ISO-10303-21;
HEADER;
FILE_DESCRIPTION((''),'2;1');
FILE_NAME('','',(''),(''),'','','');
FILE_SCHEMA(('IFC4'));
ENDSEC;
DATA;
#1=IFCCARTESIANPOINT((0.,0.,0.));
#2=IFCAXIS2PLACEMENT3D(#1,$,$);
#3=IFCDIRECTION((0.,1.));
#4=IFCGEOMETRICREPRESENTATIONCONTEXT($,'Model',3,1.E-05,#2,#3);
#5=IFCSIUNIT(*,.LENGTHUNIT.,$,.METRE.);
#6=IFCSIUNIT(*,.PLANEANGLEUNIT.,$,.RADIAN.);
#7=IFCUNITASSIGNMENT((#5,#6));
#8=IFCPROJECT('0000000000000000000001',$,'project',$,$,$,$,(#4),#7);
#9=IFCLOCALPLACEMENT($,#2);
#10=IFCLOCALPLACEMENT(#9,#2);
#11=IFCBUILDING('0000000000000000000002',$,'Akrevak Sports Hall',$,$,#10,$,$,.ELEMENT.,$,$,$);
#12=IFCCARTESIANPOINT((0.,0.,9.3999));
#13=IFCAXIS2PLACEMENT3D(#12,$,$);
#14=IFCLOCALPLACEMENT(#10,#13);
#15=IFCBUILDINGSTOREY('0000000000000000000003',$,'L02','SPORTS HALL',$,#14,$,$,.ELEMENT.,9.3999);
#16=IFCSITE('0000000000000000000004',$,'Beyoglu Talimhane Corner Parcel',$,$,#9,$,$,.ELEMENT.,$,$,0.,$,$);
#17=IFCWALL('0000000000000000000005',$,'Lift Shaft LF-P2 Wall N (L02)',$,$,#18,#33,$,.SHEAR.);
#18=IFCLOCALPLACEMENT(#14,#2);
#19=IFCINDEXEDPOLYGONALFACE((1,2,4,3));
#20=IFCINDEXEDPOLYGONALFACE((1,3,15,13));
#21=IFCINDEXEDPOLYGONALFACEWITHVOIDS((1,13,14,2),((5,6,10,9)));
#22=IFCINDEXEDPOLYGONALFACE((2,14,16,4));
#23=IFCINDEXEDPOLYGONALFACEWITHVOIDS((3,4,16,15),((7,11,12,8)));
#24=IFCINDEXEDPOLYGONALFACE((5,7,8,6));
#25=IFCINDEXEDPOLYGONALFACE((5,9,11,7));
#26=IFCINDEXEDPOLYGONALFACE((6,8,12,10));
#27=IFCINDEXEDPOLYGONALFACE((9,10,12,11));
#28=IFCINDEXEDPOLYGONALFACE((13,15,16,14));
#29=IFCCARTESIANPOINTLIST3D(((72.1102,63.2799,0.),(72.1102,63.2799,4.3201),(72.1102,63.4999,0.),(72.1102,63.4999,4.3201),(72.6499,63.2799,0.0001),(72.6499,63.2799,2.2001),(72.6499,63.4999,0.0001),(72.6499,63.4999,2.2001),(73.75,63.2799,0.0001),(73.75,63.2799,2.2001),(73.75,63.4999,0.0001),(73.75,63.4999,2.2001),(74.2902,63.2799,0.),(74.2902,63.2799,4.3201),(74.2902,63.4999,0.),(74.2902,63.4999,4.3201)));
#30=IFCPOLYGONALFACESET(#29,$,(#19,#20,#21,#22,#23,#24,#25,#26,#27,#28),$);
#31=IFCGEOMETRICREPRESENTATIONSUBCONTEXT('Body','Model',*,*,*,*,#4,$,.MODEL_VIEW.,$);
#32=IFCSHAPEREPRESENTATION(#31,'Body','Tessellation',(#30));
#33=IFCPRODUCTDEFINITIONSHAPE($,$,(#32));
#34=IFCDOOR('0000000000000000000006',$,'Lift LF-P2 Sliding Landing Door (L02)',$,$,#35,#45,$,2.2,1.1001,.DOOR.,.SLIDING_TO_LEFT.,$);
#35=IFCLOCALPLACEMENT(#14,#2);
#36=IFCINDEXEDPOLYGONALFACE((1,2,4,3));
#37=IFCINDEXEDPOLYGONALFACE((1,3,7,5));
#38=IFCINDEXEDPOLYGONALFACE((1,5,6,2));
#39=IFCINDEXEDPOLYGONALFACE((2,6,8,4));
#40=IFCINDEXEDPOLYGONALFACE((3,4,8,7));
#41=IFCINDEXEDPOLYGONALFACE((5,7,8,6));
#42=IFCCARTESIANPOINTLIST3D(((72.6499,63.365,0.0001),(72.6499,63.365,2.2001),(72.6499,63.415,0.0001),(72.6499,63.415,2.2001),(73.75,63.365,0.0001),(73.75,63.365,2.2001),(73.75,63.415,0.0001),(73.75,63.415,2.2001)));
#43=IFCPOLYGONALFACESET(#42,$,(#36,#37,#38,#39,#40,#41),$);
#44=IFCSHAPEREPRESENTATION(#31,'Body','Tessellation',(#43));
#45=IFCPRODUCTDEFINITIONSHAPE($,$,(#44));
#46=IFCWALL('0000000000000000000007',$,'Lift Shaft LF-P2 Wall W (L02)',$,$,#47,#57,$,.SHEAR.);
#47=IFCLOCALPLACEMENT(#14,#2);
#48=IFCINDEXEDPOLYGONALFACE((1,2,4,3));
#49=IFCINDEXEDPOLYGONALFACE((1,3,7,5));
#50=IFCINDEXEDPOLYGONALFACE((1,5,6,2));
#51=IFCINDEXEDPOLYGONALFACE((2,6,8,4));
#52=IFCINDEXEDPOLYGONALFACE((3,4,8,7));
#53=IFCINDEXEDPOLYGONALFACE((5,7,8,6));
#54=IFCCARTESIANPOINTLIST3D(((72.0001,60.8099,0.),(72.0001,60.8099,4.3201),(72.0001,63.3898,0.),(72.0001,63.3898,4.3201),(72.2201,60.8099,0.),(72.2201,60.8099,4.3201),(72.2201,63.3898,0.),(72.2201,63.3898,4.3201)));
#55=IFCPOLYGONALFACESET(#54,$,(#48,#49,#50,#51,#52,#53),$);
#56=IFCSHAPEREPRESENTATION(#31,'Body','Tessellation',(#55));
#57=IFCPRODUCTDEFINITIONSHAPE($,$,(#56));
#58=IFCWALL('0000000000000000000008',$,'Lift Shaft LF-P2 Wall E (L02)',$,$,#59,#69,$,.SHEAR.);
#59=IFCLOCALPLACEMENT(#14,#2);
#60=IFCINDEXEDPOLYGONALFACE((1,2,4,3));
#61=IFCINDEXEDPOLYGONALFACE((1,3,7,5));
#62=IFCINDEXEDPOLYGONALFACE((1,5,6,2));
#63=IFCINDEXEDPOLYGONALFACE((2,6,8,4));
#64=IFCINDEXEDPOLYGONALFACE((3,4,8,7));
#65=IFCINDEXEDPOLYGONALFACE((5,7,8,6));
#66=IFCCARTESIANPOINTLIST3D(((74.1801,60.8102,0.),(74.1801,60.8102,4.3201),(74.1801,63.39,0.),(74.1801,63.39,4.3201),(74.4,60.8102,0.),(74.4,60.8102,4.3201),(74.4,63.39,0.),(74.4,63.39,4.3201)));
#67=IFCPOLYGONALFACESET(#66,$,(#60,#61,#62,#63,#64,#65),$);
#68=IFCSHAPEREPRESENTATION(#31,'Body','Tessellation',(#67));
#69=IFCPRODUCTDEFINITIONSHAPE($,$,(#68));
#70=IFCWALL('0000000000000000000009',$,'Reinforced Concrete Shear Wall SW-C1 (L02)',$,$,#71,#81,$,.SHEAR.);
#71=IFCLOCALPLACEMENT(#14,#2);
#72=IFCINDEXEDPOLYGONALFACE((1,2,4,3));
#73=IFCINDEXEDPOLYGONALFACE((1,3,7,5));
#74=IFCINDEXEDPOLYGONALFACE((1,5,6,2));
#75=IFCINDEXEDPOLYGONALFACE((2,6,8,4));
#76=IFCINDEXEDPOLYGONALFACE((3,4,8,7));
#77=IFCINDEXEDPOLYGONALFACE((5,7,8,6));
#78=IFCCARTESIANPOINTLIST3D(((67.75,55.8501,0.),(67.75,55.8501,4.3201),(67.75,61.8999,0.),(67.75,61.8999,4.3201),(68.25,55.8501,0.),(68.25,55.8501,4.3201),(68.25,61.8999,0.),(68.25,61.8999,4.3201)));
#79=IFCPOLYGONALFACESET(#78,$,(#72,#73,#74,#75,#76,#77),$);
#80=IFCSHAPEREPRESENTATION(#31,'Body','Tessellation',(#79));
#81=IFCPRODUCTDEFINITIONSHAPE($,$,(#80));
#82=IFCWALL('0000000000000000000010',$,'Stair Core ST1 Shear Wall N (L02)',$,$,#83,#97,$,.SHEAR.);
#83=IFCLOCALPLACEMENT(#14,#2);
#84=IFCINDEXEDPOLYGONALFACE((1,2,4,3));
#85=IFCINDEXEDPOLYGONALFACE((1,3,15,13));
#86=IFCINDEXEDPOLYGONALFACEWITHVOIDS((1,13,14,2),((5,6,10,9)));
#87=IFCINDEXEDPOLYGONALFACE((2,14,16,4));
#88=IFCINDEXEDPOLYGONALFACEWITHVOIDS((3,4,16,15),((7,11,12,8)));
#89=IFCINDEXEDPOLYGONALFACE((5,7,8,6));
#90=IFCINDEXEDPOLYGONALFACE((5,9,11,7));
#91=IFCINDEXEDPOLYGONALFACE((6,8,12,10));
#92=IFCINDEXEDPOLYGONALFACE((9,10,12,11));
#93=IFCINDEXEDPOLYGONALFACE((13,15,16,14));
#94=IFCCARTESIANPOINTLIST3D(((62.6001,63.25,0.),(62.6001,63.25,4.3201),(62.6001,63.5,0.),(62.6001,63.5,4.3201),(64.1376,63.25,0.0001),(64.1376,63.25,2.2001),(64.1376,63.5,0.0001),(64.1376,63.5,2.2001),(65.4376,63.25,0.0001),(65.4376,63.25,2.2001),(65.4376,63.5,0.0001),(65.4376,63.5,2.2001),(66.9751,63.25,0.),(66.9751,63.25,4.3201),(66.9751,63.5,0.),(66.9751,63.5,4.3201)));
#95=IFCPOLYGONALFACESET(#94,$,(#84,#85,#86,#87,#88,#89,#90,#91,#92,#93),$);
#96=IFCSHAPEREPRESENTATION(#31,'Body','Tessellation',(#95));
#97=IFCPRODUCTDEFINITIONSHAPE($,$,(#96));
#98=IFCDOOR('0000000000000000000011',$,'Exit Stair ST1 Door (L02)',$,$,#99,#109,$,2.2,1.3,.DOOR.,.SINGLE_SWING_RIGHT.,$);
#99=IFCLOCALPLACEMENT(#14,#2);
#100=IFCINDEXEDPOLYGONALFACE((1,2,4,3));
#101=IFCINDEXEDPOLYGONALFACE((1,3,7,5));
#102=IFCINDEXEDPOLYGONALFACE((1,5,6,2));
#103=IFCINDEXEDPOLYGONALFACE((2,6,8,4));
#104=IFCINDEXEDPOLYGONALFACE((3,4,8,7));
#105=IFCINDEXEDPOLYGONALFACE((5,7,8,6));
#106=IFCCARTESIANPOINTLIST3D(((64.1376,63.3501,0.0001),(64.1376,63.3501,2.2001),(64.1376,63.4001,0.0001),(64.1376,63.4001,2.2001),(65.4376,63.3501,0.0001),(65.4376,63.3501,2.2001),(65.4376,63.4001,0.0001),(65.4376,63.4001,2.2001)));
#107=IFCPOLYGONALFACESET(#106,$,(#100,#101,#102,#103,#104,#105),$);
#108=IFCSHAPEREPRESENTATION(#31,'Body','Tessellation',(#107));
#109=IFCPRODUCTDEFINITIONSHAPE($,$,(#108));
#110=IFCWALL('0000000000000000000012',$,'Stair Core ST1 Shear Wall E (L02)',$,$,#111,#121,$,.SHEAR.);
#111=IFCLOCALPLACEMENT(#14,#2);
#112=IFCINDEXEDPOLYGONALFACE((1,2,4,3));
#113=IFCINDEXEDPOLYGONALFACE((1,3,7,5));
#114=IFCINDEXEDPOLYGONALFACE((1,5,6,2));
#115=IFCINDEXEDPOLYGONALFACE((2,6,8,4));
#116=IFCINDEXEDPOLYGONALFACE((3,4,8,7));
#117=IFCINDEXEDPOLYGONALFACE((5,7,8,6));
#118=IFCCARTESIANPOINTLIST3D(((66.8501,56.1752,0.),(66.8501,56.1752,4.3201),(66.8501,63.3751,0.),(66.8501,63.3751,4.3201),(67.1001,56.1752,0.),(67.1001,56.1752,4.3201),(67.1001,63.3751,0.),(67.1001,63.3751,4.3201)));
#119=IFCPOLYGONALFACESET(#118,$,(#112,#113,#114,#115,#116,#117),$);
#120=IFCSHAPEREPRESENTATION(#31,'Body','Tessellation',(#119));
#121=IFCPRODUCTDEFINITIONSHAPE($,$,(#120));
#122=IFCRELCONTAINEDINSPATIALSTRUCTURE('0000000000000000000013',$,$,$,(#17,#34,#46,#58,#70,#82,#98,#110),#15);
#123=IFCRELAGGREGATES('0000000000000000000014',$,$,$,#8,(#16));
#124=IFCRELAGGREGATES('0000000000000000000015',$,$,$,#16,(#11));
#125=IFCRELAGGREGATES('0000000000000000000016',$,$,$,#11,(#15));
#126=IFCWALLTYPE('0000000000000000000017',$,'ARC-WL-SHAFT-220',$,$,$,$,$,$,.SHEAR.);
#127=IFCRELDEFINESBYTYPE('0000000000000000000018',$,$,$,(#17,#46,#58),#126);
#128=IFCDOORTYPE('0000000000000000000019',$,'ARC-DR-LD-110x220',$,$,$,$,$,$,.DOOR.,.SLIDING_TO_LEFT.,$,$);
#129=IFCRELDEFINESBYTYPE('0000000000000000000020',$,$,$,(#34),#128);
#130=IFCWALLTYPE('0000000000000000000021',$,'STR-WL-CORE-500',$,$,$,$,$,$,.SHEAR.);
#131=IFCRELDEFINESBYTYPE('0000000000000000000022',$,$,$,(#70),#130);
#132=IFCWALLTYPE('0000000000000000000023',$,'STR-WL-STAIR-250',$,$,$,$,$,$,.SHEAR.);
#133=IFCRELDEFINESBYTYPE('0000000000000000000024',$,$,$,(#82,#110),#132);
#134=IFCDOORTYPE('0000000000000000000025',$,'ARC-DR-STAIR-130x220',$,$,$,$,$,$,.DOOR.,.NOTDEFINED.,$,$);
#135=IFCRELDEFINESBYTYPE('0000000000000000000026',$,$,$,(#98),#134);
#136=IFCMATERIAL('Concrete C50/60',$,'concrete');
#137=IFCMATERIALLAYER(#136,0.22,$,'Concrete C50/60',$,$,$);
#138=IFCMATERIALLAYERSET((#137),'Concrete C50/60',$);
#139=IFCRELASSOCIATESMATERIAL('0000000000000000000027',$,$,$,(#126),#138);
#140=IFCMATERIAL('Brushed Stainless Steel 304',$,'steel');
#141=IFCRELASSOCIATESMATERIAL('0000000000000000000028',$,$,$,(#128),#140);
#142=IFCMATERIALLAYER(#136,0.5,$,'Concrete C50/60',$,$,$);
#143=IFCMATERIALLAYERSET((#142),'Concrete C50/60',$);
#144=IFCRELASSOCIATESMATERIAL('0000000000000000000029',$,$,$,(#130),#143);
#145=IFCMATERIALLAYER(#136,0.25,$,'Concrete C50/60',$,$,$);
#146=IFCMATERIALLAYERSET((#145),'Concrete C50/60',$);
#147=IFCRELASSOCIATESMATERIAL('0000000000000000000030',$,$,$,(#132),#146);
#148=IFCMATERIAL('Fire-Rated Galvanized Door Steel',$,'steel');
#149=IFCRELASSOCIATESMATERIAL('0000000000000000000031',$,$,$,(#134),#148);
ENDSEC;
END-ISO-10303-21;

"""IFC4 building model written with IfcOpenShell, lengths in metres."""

from ifc_helpers import new_model, si_unit, direction, frame, frame_2d, origin, place, context, subcontext, project, spatial, rectangle, extrude, material, layer, layer_set, type_object, element, fill, save


model = new_model("IFC4")

# Units and contexts
model_context = context("Model", 3, precision=1e-05, world=origin(), true_north=direction((0.0, 1.0)))
body_context = subcontext(model_context, "Body", "Model", "MODEL_VIEW")
ifc_project = project(units=[si_unit("LENGTHUNIT", "METRE"), si_unit("PLANEANGLEUNIT", "RADIAN")], contexts=[model_context])

# Site, building, storey
site_placement = place(None, origin())
site = spatial("IfcSite", under=ifc_project, at=site_placement, Name="Beyoglu Talimhane Corner Parcel", CompositionType="ELEMENT", RefElevation=0.0)
building_placement = place(site_placement, origin())
building = spatial("IfcBuilding", under=site, at=building_placement, Name="Akrevak Sports Hall", CompositionType="ELEMENT")
storey_placement = place(building_placement, frame((0.0, 0.0, 9.3999)))
storey = spatial("IfcBuildingStorey", under=building, at=storey_placement, Name="L02", Description="SPORTS HALL", CompositionType="ELEMENT", Elevation=9.3999)

# Shared definitions
ifc_material_1 = material(Name="Concrete C50/60", Category="concrete")

# Shared definitions
ifc_layer_1 = layer(ifc_material_1, 0.22, Name="Concrete C50/60")
ifc_layer_set_1 = layer_set([ifc_layer_1], Name="Concrete C50/60")
wall_type_1 = type_object("IfcWallType", Name="ARC-WL-SHAFT-220", PredefinedType="SHEAR", material=ifc_layer_set_1)

# Shared definitions
ifc_material_2 = material(Name="Brushed Stainless Steel 304", Category="steel")
door_type_1 = type_object("IfcDoorType", Name="ARC-DR-LD-110x220", OperationType="SLIDING_TO_LEFT", PredefinedType="DOOR", material=ifc_material_2)

# Wall, opening, door
wall_1_placement = place(storey_placement, frame((74.29, 63.3899, 0.0), z_axis=(0.0, 0.0, 1.0), x_axis=(-1.0, 0.0, 0.0)))
wall_1 = element("IfcWall", 1, at=wall_1_placement, inside=storey, type_object=wall_type_1, Name="Lift Shaft LF-P2 Wall N (L02)", PredefinedType="SHEAR", context=body_context, shape_type="SweptSolid", body=[
    extrude(rectangle(XDim=2.1799, YDim=0.22, at=frame_2d((1.0898, 0.0))), origin(), (0.0, 0.0, 1.0), 4.3201),
])
opening_1_placement = place(wall_1_placement, frame((0.54, 0.0, 0.0)))
opening_1 = element("IfcOpeningElement", 2, at=opening_1_placement, cuts=wall_1, PredefinedType="OPENING", context=body_context, shape_type="SweptSolid", body=[
    extrude(rectangle(XDim=1.1001, YDim=2.2, at=frame_2d((0.55, 1.1001))), frame((0.0, 0.1221, 0.0), z_axis=(0.0, -1.0, 0.0), x_axis=(1.0, 0.0, 0.0)), (0.0, 0.0, 1.0), 0.2439),
])
door_1_placement = place(opening_1_placement, origin())
door_1 = element("IfcDoor", 3, at=door_1_placement, inside=storey, type_object=door_type_1, Name="Lift LF-P2 Sliding Landing Door (L02)", OperationType="SLIDING_TO_LEFT", OverallHeight=2.2, OverallWidth=1.1001, PredefinedType="DOOR", context=body_context, shape_type="SweptSolid", body=[
    extrude(rectangle(XDim=1.1001, YDim=2.2, at=frame_2d((0.55, 1.1001))), frame((0.0, 0.0249, 0.0), z_axis=(0.0, -1.0, 0.0), x_axis=(1.0, 0.0, 0.0)), (0.0, 0.0, 1.0), 0.05),
])
fill(opening_1, door_1)

# Walls
for number, where, z_axis, x_axis, name in (
    (4, (72.1101, 63.3899, 0.0), (0.0, 0.0, 1.0), (0.0, -1.0, 0.0), "Lift Shaft LF-P2 Wall W (L02)"),
    (5, (74.29, 60.8101, 0.0), (0.0, 0.0, 1.0), (0.0, 1.0, 0.0), "Lift Shaft LF-P2 Wall E (L02)"),
):
    element("IfcWall", number, at=place(storey_placement, frame(where, z_axis=z_axis, x_axis=x_axis)), inside=storey, type_object=wall_type_1, Name=name, PredefinedType="SHEAR", context=body_context, shape_type="SweptSolid", body=[
        extrude(rectangle(XDim=2.5798, YDim=0.22, at=frame_2d((1.29, 0.0))), origin(), (0.0, 0.0, 1.0), 4.3201),
    ])
ifc_layer_2 = layer(ifc_material_1, 0.5, Name="Concrete C50/60")
ifc_layer_set_2 = layer_set([ifc_layer_2], Name="Concrete C50/60")
wall_type_2 = type_object("IfcWallType", Name="STR-WL-CORE-500", PredefinedType="SHEAR", material=ifc_layer_set_2)
wall_2_placement = place(storey_placement, frame((68.0, 55.8501, 0.0), z_axis=(0.0, 0.0, 1.0), x_axis=(0.0, 1.0, 0.0)))
element("IfcWall", 6, at=wall_2_placement, inside=storey, type_object=wall_type_2, Name="Reinforced Concrete Shear Wall SW-C1 (L02)", PredefinedType="SHEAR", context=body_context, shape_type="SweptSolid", body=[
    extrude(rectangle(XDim=6.0498, YDim=0.5, at=frame_2d((3.0249, 0.0))), origin(), (0.0, 0.0, 1.0), 4.3201),
])

# Wall, opening, door
ifc_layer_3 = layer(ifc_material_1, 0.25, Name="Concrete C50/60")
ifc_layer_set_3 = layer_set([ifc_layer_3], Name="Concrete C50/60")
wall_type_3 = type_object("IfcWallType", Name="STR-WL-STAIR-250", PredefinedType="SHEAR", material=ifc_layer_set_3)
wall_3_placement = place(storey_placement, frame((66.9751, 63.375, 0.0), z_axis=(0.0, 0.0, 1.0), x_axis=(-1.0, 0.0, 0.0)))
wall_3 = element("IfcWall", 7, at=wall_3_placement, inside=storey, type_object=wall_type_3, Name="Stair Core ST1 Shear Wall N (L02)", PredefinedType="SHEAR", context=body_context, shape_type="SweptSolid", body=[
    extrude(rectangle(XDim=4.375, YDim=0.25, at=frame_2d((2.1875, 0.0))), origin(), (0.0, 0.0, 1.0), 4.3201),
])
opening_2_placement = place(wall_3_placement, frame((1.5376, 0.0, 0.0)))
opening_2 = element("IfcOpeningElement", 8, at=opening_2_placement, cuts=wall_3, PredefinedType="OPENING", context=body_context, shape_type="SweptSolid", body=[
    extrude(rectangle(XDim=1.3, YDim=2.2, at=frame_2d((0.6499, 1.1001))), frame((0.0, 0.137, 0.0), z_axis=(0.0, -1.0, 0.0), x_axis=(1.0, 0.0, 0.0)), (0.0, 0.0, 1.0), 0.2739),
])
ifc_material_3 = material(Name="Fire-Rated Galvanized Door Steel", Category="steel")
door_type_2 = type_object("IfcDoorType", Name="ARC-DR-STAIR-130x220", OperationType="NOTDEFINED", PredefinedType="DOOR", material=ifc_material_3)
door_2_placement = place(opening_2_placement, origin())
door_2 = element("IfcDoor", 9, at=door_2_placement, inside=storey, type_object=door_type_2, Name="Exit Stair ST1 Door (L02)", OperationType="SINGLE_SWING_RIGHT", OverallHeight=2.2, OverallWidth=1.3, PredefinedType="DOOR", context=body_context, shape_type="SweptSolid", body=[
    extrude(rectangle(XDim=1.3, YDim=2.2, at=frame_2d((0.6499, 1.1001))), frame((0.0, 0.0249, 0.0), z_axis=(0.0, -1.0, 0.0), x_axis=(1.0, 0.0, 0.0)), (0.0, 0.0, 1.0), 0.05),
])
fill(opening_2, door_2)

# Wall
wall_4_placement = place(storey_placement, frame((66.9751, 56.175, 0.0), z_axis=(0.0, 0.0, 1.0), x_axis=(0.0, 1.0, 0.0)))
element("IfcWall", 10, at=wall_4_placement, inside=storey, type_object=wall_type_3, Name="Stair Core ST1 Shear Wall E (L02)", PredefinedType="SHEAR", context=body_context, shape_type="SweptSolid", body=[
    extrude(rectangle(XDim=7.2, YDim=0.25, at=frame_2d((3.6001, 0.0))), origin(), (0.0, 0.0, 1.0), 4.3201),
])

save(model, "model.ifc")
